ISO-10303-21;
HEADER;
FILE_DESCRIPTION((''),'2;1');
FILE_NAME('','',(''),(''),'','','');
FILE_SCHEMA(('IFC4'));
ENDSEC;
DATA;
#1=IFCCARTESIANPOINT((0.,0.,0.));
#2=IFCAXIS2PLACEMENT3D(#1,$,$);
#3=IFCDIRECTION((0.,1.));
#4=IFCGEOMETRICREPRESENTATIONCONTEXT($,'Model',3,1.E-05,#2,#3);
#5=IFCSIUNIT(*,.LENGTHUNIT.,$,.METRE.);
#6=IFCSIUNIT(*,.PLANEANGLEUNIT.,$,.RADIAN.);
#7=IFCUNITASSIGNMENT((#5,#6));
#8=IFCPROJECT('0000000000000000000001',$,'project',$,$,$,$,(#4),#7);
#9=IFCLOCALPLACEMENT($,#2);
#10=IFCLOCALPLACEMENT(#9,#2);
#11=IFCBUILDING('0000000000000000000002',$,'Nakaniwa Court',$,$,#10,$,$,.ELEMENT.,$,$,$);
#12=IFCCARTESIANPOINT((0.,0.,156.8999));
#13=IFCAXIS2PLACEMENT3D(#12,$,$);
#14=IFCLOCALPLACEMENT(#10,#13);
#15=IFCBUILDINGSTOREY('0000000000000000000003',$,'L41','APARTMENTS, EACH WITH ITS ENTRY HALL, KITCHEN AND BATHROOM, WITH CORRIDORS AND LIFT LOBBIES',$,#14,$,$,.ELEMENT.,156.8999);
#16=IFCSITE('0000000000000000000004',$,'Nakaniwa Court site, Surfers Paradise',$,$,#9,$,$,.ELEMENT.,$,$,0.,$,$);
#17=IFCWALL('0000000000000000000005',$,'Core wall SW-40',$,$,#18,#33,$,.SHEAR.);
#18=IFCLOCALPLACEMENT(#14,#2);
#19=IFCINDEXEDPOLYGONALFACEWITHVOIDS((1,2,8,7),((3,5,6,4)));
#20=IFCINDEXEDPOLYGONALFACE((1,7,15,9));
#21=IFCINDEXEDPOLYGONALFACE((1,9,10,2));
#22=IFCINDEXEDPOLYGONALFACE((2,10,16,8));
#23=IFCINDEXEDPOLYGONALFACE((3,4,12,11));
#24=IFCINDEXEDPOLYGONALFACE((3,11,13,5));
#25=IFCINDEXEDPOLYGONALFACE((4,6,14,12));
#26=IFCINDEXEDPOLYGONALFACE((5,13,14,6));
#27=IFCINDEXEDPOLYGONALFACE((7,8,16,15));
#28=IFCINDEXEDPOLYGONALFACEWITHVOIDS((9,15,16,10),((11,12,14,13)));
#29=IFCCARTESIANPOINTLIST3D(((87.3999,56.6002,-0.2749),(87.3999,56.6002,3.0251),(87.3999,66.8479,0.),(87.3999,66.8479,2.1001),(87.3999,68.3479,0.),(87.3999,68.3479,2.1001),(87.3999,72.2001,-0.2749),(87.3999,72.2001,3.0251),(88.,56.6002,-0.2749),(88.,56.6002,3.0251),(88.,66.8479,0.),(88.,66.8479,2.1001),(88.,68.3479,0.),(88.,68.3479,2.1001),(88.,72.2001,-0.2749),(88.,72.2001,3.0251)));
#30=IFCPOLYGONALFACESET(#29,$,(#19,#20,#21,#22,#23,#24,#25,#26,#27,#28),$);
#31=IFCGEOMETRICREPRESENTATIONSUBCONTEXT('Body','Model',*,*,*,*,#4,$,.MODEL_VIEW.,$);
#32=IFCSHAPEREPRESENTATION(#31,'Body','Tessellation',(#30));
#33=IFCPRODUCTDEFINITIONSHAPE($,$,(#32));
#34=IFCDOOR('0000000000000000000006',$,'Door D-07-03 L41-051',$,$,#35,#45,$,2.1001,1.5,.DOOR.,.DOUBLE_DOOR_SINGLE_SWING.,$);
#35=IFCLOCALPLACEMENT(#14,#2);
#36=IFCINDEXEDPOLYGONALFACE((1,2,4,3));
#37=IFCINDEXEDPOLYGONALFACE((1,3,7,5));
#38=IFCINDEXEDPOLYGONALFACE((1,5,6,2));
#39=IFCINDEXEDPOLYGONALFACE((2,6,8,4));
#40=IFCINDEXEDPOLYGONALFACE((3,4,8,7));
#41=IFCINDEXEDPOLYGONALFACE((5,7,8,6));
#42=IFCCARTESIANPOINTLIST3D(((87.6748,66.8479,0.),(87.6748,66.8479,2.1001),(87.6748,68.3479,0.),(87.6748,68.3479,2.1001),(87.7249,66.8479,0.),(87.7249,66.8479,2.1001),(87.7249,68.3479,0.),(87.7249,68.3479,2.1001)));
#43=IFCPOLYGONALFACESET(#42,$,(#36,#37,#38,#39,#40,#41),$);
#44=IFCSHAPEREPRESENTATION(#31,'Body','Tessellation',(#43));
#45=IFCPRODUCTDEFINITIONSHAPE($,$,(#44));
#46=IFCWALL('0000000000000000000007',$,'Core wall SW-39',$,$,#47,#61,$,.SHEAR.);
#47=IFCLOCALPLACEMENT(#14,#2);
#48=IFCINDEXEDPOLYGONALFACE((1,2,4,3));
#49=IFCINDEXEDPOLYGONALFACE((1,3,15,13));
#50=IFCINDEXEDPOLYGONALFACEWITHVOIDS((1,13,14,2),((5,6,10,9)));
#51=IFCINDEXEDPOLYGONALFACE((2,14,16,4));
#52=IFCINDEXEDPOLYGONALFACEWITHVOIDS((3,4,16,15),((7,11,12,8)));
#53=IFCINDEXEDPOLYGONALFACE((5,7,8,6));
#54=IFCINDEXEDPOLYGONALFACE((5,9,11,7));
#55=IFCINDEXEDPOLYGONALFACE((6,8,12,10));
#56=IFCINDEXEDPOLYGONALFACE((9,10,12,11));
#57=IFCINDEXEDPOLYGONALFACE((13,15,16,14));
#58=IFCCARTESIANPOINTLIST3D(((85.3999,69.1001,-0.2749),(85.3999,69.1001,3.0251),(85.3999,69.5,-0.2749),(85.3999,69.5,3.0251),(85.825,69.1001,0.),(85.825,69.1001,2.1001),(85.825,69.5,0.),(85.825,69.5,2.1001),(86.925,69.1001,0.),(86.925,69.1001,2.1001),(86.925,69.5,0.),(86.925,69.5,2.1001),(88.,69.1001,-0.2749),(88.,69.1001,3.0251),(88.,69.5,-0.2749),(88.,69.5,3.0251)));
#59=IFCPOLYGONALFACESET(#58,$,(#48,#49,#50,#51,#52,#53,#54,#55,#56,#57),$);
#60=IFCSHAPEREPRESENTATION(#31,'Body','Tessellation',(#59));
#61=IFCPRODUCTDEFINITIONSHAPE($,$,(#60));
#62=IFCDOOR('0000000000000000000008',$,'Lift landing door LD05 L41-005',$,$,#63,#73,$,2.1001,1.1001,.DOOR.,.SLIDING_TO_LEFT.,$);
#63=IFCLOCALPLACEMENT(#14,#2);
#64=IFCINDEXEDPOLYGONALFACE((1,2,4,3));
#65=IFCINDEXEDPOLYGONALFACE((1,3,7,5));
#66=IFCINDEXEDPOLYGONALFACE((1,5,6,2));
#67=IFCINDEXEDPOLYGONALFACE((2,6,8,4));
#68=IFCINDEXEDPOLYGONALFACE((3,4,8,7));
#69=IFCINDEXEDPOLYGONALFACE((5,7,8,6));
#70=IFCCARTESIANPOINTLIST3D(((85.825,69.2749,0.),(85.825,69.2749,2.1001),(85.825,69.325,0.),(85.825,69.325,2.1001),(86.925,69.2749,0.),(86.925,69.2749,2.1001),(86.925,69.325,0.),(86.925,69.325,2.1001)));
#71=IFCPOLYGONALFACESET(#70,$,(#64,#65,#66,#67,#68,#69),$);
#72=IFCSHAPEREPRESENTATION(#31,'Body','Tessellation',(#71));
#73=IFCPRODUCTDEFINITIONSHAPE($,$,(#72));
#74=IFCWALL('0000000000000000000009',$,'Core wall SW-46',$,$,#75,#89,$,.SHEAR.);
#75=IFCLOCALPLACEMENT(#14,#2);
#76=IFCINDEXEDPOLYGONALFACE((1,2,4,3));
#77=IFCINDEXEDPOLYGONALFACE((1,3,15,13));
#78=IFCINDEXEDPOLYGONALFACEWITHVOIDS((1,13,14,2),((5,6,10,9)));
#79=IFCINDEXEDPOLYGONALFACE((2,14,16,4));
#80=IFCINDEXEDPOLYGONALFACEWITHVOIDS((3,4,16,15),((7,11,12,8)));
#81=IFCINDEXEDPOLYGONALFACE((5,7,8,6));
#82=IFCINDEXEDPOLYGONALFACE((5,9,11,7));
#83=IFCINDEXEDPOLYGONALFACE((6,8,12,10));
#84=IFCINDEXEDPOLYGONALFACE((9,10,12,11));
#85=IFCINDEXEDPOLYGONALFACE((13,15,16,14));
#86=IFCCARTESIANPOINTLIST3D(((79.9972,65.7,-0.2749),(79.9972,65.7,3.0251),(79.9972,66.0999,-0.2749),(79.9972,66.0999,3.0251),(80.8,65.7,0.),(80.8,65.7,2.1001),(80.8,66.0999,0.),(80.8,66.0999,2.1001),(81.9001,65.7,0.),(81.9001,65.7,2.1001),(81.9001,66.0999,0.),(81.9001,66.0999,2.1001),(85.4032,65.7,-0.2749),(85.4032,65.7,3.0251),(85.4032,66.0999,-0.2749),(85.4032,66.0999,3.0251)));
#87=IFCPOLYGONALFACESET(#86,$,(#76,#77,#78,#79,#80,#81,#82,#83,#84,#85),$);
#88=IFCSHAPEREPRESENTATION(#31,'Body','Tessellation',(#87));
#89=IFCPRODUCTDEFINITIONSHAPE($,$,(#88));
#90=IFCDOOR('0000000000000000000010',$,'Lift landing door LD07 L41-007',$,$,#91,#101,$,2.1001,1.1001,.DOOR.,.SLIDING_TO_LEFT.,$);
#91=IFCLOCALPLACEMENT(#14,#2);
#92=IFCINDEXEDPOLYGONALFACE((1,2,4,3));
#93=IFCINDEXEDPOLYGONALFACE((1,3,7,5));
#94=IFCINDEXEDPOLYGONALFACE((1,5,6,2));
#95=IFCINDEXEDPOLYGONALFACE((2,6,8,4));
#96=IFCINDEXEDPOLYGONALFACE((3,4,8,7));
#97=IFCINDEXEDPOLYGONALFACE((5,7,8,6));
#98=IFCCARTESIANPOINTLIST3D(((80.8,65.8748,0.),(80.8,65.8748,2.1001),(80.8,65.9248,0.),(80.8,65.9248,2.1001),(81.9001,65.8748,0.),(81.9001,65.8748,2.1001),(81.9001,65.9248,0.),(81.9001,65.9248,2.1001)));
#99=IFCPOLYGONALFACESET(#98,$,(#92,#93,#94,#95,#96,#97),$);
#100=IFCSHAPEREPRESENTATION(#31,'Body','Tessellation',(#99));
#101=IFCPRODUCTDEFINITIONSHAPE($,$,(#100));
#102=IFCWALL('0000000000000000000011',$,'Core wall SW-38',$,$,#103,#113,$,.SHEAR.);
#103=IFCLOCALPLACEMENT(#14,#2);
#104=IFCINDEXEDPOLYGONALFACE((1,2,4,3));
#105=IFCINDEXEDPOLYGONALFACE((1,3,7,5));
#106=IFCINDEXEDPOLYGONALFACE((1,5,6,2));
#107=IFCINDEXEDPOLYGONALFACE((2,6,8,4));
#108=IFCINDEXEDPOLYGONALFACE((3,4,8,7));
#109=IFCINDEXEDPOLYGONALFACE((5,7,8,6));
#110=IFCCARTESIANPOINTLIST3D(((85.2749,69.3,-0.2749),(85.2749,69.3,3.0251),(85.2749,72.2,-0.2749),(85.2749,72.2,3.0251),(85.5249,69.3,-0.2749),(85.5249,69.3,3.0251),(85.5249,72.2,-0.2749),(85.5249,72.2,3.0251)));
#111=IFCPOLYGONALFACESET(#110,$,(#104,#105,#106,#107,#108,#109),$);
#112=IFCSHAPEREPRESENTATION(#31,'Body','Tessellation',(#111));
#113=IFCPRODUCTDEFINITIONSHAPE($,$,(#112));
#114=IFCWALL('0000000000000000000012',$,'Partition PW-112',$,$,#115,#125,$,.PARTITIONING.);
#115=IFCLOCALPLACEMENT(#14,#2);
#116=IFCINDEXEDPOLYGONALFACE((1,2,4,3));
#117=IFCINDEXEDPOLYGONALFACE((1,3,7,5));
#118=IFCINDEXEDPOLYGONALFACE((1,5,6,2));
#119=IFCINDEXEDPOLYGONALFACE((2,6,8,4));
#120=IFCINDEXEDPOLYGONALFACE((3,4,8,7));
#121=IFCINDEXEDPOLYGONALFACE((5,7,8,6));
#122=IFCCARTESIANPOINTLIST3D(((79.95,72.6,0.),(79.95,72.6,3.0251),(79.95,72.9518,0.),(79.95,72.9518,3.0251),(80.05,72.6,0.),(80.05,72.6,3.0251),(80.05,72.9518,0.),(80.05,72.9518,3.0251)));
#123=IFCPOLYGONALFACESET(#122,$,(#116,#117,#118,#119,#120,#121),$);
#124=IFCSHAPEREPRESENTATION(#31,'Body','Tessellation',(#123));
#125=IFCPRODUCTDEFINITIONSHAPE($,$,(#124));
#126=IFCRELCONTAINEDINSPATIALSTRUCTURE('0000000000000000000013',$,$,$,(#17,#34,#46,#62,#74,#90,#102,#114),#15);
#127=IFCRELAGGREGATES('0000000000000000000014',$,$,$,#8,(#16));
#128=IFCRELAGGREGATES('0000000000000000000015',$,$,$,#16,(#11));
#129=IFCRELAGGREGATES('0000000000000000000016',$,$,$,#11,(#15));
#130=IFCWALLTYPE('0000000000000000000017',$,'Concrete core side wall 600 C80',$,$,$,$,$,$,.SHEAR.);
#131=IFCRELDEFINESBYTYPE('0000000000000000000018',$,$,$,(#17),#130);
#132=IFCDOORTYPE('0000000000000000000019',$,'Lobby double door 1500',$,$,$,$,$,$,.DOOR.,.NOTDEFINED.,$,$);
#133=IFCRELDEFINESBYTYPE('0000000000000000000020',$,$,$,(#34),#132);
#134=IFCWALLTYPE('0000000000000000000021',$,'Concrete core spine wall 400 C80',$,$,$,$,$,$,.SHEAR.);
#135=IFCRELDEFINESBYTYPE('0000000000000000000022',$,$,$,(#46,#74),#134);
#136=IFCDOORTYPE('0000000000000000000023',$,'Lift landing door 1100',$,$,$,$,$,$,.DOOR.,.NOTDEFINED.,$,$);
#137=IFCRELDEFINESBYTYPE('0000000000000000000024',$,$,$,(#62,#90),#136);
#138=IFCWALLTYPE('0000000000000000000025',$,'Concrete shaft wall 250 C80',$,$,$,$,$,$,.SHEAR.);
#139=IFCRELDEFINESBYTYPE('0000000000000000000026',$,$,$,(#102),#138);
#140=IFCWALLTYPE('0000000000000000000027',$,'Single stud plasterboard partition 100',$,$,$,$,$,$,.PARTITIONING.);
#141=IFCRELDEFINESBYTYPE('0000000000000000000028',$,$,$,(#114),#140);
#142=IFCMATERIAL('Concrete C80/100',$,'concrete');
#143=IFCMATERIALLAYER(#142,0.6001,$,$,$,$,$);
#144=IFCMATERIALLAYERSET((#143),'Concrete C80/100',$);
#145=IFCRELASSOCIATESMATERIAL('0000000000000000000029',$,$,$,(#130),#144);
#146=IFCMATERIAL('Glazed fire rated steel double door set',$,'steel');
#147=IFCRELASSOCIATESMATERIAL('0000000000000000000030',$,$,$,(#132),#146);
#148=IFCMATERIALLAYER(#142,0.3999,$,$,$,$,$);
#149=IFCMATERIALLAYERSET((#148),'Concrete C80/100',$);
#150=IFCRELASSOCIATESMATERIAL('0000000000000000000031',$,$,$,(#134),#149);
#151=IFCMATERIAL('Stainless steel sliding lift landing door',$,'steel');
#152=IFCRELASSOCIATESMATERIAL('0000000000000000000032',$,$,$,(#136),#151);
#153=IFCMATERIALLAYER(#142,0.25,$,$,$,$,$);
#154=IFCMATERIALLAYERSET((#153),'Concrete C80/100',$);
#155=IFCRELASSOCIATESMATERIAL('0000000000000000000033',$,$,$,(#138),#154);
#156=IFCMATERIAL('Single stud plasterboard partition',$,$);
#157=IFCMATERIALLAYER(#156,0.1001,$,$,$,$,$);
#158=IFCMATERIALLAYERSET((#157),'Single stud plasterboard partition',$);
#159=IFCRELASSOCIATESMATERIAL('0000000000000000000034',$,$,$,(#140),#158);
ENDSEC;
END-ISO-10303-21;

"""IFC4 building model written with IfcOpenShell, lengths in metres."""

from ifc_helpers import new_model, si_unit, direction, frame, frame_2d, origin, place, context, subcontext, project, spatial, rectangle, extrude, material, layer, layer_set, type_object, element, fill, save


model = new_model("IFC4")

# Units and contexts
model_context = context("Model", 3, precision=1e-05, world=origin(), true_north=direction((0.0, 1.0)))
body_context = subcontext(model_context, "Body", "Model", "MODEL_VIEW")
ifc_project = project(units=[si_unit("LENGTHUNIT", "METRE"), si_unit("PLANEANGLEUNIT", "RADIAN")], contexts=[model_context])

# Site, building, storey
site_placement = place(None, origin())
site = spatial("IfcSite", under=ifc_project, at=site_placement, Name="Nakaniwa Court site, Surfers Paradise", CompositionType="ELEMENT", RefElevation=0.0)
building_placement = place(site_placement, origin())
building = spatial("IfcBuilding", under=site, at=building_placement, Name="Nakaniwa Court", CompositionType="ELEMENT")
storey_placement = place(building_placement, frame((0.0, 0.0, 156.8999)))
storey = spatial("IfcBuildingStorey", under=building, at=storey_placement, Name="L41", Description="APARTMENTS, EACH WITH ITS ENTRY HALL, KITCHEN AND BATHROOM, WITH CORRIDORS AND LIFT LOBBIES", CompositionType="ELEMENT", Elevation=156.8999)

# Walls, openings, doors
ifc_material_1 = material(Name="Concrete C80/100", Category="concrete")
ifc_layer_1 = layer(ifc_material_1, 0.6001)
ifc_layer_set_1 = layer_set([ifc_layer_1], Name="Concrete C80/100")
wall_type_1 = type_object("IfcWallType", Name="Concrete core side wall 600 C80", PredefinedType="SHEAR", material=ifc_layer_set_1)
wall_1_placement = place(storey_placement, frame((87.7, 72.2, -0.2749), z_axis=(0.0, 0.0, 1.0), x_axis=(0.0, -1.0, 0.0)))
wall_1 = element("IfcWall", 1, at=wall_1_placement, inside=storey, type_object=wall_type_1, Name="Core wall SW-40", PredefinedType="SHEAR", context=body_context, shape_type="SweptSolid", body=[
    extrude(rectangle(XDim=15.5999, YDim=0.6001, at=frame_2d((7.7998, 0.0))), origin(), (0.0, 0.0, 1.0), 3.3),
])
opening_1_placement = place(wall_1_placement, frame((3.8521, 0.0, 0.2749)))
opening_1 = element("IfcOpeningElement", 2, at=opening_1_placement, cuts=wall_1, PredefinedType="OPENING", context=body_context, shape_type="SweptSolid", body=[
    extrude(rectangle(XDim=1.5, YDim=2.1001, at=frame_2d((0.75, 1.05))), frame((0.0, 0.3101, 0.0), z_axis=(0.0, -1.0, 0.0), x_axis=(1.0, 0.0, 0.0)), (0.0, 0.0, 1.0), 0.6201),
])
ifc_material_2 = material(Name="Glazed fire rated steel double door set", Category="steel")
door_type_1 = type_object("IfcDoorType", Name="Lobby double door 1500", OperationType="NOTDEFINED", PredefinedType="DOOR", material=ifc_material_2)
door_1_placement = place(opening_1_placement, origin())
door_1 = element("IfcDoor", 3, at=door_1_placement, inside=storey, type_object=door_type_1, Name="Door D-07-03 L41-051", OperationType="DOUBLE_DOOR_SINGLE_SWING", OverallHeight=2.1001, OverallWidth=1.5, PredefinedType="DOOR", context=body_context, shape_type="SweptSolid", body=[
    extrude(rectangle(XDim=1.5, YDim=2.1001, at=frame_2d((0.75, 1.05))), frame((0.0, 0.0249, 0.0), z_axis=(0.0, -1.0, 0.0), x_axis=(1.0, 0.0, 0.0)), (0.0, 0.0, 1.0), 0.05),
])
fill(opening_1, door_1)
ifc_layer_2 = layer(ifc_material_1, 0.3999)
ifc_layer_set_2 = layer_set([ifc_layer_2], Name="Concrete C80/100")
wall_type_2 = type_object("IfcWallType", Name="Concrete core spine wall 400 C80", PredefinedType="SHEAR", material=ifc_layer_set_2)
wall_2_placement = place(storey_placement, frame((85.3999, 69.3, -0.2749), z_axis=(0.0, 0.0, 1.0), x_axis=(1.0, 0.0, 0.0)))
wall_2 = element("IfcWall", 4, at=wall_2_placement, inside=storey, type_object=wall_type_2, Name="Core wall SW-39", PredefinedType="SHEAR", context=body_context, shape_type="SweptSolid", body=[
    extrude(rectangle(XDim=2.6001, YDim=0.3999, at=frame_2d((1.3, 0.0))), origin(), (0.0, 0.0, 1.0), 3.3),
])
opening_2_placement = place(wall_2_placement, frame((0.425, 0.0, 0.2749)))
opening_2 = element("IfcOpeningElement", 5, at=opening_2_placement, cuts=wall_2, PredefinedType="OPENING", context=body_context, shape_type="SweptSolid", body=[
    extrude(rectangle(XDim=1.1001, YDim=2.1001, at=frame_2d((0.55, 1.05))), frame((0.0, 0.21, 0.0), z_axis=(0.0, -1.0, 0.0), x_axis=(1.0, 0.0, 0.0)), (0.0, 0.0, 1.0), 0.4199),
])
ifc_material_3 = material(Name="Stainless steel sliding lift landing door", Category="steel")
door_type_2 = type_object("IfcDoorType", Name="Lift landing door 1100", OperationType="NOTDEFINED", PredefinedType="DOOR", material=ifc_material_3)
door_2_placement = place(opening_2_placement, origin())
door_2 = element("IfcDoor", 6, at=door_2_placement, inside=storey, type_object=door_type_2, Name="Lift landing door LD05 L41-005", OperationType="SLIDING_TO_LEFT", OverallHeight=2.1001, OverallWidth=1.1001, PredefinedType="DOOR", context=body_context, shape_type="SweptSolid", body=[
    extrude(rectangle(XDim=1.1001, YDim=2.1001, at=frame_2d((0.55, 1.05))), frame((0.0, 0.0249, 0.0), z_axis=(0.0, -1.0, 0.0), x_axis=(1.0, 0.0, 0.0)), (0.0, 0.0, 1.0), 0.05),
])
fill(opening_2, door_2)
wall_3_placement = place(storey_placement, frame((79.9971, 65.8999, -0.2749), z_axis=(0.0, 0.0, 1.0), x_axis=(1.0, 0.0, 0.0)))
wall_3 = element("IfcWall", 7, at=wall_3_placement, inside=storey, type_object=wall_type_2, Name="Core wall SW-46", PredefinedType="SHEAR", context=body_context, shape_type="SweptSolid", body=[
    extrude(rectangle(XDim=5.406, YDim=0.3999, at=frame_2d((2.7031, 0.0))), origin(), (0.0, 0.0, 1.0), 3.3),
])
opening_3_placement = place(wall_3_placement, frame((0.803, 0.0, 0.2749)))
opening_3 = element("IfcOpeningElement", 8, at=opening_3_placement, cuts=wall_3, PredefinedType="OPENING", context=body_context, shape_type="SweptSolid", body=[
    extrude(rectangle(XDim=1.1001, YDim=2.1001, at=frame_2d((0.55, 1.05))), frame((0.0, 0.21, 0.0), z_axis=(0.0, -1.0, 0.0), x_axis=(1.0, 0.0, 0.0)), (0.0, 0.0, 1.0), 0.4199),
])
door_3_placement = place(opening_3_placement, origin())
door_3 = element("IfcDoor", 9, at=door_3_placement, inside=storey, type_object=door_type_2, Name="Lift landing door LD07 L41-007", OperationType="SLIDING_TO_LEFT", OverallHeight=2.1001, OverallWidth=1.1001, PredefinedType="DOOR", context=body_context, shape_type="SweptSolid", body=[
    extrude(rectangle(XDim=1.1001, YDim=2.1001, at=frame_2d((0.55, 1.05))), frame((0.0, 0.0249, 0.0), z_axis=(0.0, -1.0, 0.0), x_axis=(1.0, 0.0, 0.0)), (0.0, 0.0, 1.0), 0.05),
])
fill(opening_3, door_3)

# Walls
ifc_layer_3 = layer(ifc_material_1, 0.25)
ifc_layer_set_3 = layer_set([ifc_layer_3], Name="Concrete C80/100")
wall_type_3 = type_object("IfcWallType", Name="Concrete shaft wall 250 C80", PredefinedType="SHEAR", material=ifc_layer_set_3)
wall_4_placement = place(storey_placement, frame((85.3999, 69.3, -0.2749), z_axis=(0.0, 0.0, 1.0), x_axis=(0.0, 1.0, 0.0)))
element("IfcWall", 10, at=wall_4_placement, inside=storey, type_object=wall_type_3, Name="Core wall SW-38", PredefinedType="SHEAR", context=body_context, shape_type="SweptSolid", body=[
    extrude(rectangle(XDim=2.8999, YDim=0.25, at=frame_2d((1.45, 0.0))), origin(), (0.0, 0.0, 1.0), 3.3),
])
ifc_material_4 = material(Name="Single stud plasterboard partition")
ifc_layer_4 = layer(ifc_material_4, 0.1001)
ifc_layer_set_4 = layer_set([ifc_layer_4], Name="Single stud plasterboard partition")
wall_type_4 = type_object("IfcWallType", Name="Single stud plasterboard partition 100", PredefinedType="PARTITIONING", material=ifc_layer_set_4)
wall_5_placement = place(storey_placement, frame((80.0, 72.6001, 0.0), z_axis=(0.0, 0.0, 1.0), x_axis=(0.0, 1.0, 0.0)))
element("IfcWall", 11, at=wall_5_placement, inside=storey, type_object=wall_type_4, Name="Partition PW-112", PredefinedType="PARTITIONING", context=body_context, shape_type="SweptSolid", body=[
    extrude(rectangle(XDim=0.3518, YDim=0.1001, at=frame_2d((0.1758, 0.0))), origin(), (0.0, 0.0, 1.0), 3.0251),
])

save(model, "model.ifc")
